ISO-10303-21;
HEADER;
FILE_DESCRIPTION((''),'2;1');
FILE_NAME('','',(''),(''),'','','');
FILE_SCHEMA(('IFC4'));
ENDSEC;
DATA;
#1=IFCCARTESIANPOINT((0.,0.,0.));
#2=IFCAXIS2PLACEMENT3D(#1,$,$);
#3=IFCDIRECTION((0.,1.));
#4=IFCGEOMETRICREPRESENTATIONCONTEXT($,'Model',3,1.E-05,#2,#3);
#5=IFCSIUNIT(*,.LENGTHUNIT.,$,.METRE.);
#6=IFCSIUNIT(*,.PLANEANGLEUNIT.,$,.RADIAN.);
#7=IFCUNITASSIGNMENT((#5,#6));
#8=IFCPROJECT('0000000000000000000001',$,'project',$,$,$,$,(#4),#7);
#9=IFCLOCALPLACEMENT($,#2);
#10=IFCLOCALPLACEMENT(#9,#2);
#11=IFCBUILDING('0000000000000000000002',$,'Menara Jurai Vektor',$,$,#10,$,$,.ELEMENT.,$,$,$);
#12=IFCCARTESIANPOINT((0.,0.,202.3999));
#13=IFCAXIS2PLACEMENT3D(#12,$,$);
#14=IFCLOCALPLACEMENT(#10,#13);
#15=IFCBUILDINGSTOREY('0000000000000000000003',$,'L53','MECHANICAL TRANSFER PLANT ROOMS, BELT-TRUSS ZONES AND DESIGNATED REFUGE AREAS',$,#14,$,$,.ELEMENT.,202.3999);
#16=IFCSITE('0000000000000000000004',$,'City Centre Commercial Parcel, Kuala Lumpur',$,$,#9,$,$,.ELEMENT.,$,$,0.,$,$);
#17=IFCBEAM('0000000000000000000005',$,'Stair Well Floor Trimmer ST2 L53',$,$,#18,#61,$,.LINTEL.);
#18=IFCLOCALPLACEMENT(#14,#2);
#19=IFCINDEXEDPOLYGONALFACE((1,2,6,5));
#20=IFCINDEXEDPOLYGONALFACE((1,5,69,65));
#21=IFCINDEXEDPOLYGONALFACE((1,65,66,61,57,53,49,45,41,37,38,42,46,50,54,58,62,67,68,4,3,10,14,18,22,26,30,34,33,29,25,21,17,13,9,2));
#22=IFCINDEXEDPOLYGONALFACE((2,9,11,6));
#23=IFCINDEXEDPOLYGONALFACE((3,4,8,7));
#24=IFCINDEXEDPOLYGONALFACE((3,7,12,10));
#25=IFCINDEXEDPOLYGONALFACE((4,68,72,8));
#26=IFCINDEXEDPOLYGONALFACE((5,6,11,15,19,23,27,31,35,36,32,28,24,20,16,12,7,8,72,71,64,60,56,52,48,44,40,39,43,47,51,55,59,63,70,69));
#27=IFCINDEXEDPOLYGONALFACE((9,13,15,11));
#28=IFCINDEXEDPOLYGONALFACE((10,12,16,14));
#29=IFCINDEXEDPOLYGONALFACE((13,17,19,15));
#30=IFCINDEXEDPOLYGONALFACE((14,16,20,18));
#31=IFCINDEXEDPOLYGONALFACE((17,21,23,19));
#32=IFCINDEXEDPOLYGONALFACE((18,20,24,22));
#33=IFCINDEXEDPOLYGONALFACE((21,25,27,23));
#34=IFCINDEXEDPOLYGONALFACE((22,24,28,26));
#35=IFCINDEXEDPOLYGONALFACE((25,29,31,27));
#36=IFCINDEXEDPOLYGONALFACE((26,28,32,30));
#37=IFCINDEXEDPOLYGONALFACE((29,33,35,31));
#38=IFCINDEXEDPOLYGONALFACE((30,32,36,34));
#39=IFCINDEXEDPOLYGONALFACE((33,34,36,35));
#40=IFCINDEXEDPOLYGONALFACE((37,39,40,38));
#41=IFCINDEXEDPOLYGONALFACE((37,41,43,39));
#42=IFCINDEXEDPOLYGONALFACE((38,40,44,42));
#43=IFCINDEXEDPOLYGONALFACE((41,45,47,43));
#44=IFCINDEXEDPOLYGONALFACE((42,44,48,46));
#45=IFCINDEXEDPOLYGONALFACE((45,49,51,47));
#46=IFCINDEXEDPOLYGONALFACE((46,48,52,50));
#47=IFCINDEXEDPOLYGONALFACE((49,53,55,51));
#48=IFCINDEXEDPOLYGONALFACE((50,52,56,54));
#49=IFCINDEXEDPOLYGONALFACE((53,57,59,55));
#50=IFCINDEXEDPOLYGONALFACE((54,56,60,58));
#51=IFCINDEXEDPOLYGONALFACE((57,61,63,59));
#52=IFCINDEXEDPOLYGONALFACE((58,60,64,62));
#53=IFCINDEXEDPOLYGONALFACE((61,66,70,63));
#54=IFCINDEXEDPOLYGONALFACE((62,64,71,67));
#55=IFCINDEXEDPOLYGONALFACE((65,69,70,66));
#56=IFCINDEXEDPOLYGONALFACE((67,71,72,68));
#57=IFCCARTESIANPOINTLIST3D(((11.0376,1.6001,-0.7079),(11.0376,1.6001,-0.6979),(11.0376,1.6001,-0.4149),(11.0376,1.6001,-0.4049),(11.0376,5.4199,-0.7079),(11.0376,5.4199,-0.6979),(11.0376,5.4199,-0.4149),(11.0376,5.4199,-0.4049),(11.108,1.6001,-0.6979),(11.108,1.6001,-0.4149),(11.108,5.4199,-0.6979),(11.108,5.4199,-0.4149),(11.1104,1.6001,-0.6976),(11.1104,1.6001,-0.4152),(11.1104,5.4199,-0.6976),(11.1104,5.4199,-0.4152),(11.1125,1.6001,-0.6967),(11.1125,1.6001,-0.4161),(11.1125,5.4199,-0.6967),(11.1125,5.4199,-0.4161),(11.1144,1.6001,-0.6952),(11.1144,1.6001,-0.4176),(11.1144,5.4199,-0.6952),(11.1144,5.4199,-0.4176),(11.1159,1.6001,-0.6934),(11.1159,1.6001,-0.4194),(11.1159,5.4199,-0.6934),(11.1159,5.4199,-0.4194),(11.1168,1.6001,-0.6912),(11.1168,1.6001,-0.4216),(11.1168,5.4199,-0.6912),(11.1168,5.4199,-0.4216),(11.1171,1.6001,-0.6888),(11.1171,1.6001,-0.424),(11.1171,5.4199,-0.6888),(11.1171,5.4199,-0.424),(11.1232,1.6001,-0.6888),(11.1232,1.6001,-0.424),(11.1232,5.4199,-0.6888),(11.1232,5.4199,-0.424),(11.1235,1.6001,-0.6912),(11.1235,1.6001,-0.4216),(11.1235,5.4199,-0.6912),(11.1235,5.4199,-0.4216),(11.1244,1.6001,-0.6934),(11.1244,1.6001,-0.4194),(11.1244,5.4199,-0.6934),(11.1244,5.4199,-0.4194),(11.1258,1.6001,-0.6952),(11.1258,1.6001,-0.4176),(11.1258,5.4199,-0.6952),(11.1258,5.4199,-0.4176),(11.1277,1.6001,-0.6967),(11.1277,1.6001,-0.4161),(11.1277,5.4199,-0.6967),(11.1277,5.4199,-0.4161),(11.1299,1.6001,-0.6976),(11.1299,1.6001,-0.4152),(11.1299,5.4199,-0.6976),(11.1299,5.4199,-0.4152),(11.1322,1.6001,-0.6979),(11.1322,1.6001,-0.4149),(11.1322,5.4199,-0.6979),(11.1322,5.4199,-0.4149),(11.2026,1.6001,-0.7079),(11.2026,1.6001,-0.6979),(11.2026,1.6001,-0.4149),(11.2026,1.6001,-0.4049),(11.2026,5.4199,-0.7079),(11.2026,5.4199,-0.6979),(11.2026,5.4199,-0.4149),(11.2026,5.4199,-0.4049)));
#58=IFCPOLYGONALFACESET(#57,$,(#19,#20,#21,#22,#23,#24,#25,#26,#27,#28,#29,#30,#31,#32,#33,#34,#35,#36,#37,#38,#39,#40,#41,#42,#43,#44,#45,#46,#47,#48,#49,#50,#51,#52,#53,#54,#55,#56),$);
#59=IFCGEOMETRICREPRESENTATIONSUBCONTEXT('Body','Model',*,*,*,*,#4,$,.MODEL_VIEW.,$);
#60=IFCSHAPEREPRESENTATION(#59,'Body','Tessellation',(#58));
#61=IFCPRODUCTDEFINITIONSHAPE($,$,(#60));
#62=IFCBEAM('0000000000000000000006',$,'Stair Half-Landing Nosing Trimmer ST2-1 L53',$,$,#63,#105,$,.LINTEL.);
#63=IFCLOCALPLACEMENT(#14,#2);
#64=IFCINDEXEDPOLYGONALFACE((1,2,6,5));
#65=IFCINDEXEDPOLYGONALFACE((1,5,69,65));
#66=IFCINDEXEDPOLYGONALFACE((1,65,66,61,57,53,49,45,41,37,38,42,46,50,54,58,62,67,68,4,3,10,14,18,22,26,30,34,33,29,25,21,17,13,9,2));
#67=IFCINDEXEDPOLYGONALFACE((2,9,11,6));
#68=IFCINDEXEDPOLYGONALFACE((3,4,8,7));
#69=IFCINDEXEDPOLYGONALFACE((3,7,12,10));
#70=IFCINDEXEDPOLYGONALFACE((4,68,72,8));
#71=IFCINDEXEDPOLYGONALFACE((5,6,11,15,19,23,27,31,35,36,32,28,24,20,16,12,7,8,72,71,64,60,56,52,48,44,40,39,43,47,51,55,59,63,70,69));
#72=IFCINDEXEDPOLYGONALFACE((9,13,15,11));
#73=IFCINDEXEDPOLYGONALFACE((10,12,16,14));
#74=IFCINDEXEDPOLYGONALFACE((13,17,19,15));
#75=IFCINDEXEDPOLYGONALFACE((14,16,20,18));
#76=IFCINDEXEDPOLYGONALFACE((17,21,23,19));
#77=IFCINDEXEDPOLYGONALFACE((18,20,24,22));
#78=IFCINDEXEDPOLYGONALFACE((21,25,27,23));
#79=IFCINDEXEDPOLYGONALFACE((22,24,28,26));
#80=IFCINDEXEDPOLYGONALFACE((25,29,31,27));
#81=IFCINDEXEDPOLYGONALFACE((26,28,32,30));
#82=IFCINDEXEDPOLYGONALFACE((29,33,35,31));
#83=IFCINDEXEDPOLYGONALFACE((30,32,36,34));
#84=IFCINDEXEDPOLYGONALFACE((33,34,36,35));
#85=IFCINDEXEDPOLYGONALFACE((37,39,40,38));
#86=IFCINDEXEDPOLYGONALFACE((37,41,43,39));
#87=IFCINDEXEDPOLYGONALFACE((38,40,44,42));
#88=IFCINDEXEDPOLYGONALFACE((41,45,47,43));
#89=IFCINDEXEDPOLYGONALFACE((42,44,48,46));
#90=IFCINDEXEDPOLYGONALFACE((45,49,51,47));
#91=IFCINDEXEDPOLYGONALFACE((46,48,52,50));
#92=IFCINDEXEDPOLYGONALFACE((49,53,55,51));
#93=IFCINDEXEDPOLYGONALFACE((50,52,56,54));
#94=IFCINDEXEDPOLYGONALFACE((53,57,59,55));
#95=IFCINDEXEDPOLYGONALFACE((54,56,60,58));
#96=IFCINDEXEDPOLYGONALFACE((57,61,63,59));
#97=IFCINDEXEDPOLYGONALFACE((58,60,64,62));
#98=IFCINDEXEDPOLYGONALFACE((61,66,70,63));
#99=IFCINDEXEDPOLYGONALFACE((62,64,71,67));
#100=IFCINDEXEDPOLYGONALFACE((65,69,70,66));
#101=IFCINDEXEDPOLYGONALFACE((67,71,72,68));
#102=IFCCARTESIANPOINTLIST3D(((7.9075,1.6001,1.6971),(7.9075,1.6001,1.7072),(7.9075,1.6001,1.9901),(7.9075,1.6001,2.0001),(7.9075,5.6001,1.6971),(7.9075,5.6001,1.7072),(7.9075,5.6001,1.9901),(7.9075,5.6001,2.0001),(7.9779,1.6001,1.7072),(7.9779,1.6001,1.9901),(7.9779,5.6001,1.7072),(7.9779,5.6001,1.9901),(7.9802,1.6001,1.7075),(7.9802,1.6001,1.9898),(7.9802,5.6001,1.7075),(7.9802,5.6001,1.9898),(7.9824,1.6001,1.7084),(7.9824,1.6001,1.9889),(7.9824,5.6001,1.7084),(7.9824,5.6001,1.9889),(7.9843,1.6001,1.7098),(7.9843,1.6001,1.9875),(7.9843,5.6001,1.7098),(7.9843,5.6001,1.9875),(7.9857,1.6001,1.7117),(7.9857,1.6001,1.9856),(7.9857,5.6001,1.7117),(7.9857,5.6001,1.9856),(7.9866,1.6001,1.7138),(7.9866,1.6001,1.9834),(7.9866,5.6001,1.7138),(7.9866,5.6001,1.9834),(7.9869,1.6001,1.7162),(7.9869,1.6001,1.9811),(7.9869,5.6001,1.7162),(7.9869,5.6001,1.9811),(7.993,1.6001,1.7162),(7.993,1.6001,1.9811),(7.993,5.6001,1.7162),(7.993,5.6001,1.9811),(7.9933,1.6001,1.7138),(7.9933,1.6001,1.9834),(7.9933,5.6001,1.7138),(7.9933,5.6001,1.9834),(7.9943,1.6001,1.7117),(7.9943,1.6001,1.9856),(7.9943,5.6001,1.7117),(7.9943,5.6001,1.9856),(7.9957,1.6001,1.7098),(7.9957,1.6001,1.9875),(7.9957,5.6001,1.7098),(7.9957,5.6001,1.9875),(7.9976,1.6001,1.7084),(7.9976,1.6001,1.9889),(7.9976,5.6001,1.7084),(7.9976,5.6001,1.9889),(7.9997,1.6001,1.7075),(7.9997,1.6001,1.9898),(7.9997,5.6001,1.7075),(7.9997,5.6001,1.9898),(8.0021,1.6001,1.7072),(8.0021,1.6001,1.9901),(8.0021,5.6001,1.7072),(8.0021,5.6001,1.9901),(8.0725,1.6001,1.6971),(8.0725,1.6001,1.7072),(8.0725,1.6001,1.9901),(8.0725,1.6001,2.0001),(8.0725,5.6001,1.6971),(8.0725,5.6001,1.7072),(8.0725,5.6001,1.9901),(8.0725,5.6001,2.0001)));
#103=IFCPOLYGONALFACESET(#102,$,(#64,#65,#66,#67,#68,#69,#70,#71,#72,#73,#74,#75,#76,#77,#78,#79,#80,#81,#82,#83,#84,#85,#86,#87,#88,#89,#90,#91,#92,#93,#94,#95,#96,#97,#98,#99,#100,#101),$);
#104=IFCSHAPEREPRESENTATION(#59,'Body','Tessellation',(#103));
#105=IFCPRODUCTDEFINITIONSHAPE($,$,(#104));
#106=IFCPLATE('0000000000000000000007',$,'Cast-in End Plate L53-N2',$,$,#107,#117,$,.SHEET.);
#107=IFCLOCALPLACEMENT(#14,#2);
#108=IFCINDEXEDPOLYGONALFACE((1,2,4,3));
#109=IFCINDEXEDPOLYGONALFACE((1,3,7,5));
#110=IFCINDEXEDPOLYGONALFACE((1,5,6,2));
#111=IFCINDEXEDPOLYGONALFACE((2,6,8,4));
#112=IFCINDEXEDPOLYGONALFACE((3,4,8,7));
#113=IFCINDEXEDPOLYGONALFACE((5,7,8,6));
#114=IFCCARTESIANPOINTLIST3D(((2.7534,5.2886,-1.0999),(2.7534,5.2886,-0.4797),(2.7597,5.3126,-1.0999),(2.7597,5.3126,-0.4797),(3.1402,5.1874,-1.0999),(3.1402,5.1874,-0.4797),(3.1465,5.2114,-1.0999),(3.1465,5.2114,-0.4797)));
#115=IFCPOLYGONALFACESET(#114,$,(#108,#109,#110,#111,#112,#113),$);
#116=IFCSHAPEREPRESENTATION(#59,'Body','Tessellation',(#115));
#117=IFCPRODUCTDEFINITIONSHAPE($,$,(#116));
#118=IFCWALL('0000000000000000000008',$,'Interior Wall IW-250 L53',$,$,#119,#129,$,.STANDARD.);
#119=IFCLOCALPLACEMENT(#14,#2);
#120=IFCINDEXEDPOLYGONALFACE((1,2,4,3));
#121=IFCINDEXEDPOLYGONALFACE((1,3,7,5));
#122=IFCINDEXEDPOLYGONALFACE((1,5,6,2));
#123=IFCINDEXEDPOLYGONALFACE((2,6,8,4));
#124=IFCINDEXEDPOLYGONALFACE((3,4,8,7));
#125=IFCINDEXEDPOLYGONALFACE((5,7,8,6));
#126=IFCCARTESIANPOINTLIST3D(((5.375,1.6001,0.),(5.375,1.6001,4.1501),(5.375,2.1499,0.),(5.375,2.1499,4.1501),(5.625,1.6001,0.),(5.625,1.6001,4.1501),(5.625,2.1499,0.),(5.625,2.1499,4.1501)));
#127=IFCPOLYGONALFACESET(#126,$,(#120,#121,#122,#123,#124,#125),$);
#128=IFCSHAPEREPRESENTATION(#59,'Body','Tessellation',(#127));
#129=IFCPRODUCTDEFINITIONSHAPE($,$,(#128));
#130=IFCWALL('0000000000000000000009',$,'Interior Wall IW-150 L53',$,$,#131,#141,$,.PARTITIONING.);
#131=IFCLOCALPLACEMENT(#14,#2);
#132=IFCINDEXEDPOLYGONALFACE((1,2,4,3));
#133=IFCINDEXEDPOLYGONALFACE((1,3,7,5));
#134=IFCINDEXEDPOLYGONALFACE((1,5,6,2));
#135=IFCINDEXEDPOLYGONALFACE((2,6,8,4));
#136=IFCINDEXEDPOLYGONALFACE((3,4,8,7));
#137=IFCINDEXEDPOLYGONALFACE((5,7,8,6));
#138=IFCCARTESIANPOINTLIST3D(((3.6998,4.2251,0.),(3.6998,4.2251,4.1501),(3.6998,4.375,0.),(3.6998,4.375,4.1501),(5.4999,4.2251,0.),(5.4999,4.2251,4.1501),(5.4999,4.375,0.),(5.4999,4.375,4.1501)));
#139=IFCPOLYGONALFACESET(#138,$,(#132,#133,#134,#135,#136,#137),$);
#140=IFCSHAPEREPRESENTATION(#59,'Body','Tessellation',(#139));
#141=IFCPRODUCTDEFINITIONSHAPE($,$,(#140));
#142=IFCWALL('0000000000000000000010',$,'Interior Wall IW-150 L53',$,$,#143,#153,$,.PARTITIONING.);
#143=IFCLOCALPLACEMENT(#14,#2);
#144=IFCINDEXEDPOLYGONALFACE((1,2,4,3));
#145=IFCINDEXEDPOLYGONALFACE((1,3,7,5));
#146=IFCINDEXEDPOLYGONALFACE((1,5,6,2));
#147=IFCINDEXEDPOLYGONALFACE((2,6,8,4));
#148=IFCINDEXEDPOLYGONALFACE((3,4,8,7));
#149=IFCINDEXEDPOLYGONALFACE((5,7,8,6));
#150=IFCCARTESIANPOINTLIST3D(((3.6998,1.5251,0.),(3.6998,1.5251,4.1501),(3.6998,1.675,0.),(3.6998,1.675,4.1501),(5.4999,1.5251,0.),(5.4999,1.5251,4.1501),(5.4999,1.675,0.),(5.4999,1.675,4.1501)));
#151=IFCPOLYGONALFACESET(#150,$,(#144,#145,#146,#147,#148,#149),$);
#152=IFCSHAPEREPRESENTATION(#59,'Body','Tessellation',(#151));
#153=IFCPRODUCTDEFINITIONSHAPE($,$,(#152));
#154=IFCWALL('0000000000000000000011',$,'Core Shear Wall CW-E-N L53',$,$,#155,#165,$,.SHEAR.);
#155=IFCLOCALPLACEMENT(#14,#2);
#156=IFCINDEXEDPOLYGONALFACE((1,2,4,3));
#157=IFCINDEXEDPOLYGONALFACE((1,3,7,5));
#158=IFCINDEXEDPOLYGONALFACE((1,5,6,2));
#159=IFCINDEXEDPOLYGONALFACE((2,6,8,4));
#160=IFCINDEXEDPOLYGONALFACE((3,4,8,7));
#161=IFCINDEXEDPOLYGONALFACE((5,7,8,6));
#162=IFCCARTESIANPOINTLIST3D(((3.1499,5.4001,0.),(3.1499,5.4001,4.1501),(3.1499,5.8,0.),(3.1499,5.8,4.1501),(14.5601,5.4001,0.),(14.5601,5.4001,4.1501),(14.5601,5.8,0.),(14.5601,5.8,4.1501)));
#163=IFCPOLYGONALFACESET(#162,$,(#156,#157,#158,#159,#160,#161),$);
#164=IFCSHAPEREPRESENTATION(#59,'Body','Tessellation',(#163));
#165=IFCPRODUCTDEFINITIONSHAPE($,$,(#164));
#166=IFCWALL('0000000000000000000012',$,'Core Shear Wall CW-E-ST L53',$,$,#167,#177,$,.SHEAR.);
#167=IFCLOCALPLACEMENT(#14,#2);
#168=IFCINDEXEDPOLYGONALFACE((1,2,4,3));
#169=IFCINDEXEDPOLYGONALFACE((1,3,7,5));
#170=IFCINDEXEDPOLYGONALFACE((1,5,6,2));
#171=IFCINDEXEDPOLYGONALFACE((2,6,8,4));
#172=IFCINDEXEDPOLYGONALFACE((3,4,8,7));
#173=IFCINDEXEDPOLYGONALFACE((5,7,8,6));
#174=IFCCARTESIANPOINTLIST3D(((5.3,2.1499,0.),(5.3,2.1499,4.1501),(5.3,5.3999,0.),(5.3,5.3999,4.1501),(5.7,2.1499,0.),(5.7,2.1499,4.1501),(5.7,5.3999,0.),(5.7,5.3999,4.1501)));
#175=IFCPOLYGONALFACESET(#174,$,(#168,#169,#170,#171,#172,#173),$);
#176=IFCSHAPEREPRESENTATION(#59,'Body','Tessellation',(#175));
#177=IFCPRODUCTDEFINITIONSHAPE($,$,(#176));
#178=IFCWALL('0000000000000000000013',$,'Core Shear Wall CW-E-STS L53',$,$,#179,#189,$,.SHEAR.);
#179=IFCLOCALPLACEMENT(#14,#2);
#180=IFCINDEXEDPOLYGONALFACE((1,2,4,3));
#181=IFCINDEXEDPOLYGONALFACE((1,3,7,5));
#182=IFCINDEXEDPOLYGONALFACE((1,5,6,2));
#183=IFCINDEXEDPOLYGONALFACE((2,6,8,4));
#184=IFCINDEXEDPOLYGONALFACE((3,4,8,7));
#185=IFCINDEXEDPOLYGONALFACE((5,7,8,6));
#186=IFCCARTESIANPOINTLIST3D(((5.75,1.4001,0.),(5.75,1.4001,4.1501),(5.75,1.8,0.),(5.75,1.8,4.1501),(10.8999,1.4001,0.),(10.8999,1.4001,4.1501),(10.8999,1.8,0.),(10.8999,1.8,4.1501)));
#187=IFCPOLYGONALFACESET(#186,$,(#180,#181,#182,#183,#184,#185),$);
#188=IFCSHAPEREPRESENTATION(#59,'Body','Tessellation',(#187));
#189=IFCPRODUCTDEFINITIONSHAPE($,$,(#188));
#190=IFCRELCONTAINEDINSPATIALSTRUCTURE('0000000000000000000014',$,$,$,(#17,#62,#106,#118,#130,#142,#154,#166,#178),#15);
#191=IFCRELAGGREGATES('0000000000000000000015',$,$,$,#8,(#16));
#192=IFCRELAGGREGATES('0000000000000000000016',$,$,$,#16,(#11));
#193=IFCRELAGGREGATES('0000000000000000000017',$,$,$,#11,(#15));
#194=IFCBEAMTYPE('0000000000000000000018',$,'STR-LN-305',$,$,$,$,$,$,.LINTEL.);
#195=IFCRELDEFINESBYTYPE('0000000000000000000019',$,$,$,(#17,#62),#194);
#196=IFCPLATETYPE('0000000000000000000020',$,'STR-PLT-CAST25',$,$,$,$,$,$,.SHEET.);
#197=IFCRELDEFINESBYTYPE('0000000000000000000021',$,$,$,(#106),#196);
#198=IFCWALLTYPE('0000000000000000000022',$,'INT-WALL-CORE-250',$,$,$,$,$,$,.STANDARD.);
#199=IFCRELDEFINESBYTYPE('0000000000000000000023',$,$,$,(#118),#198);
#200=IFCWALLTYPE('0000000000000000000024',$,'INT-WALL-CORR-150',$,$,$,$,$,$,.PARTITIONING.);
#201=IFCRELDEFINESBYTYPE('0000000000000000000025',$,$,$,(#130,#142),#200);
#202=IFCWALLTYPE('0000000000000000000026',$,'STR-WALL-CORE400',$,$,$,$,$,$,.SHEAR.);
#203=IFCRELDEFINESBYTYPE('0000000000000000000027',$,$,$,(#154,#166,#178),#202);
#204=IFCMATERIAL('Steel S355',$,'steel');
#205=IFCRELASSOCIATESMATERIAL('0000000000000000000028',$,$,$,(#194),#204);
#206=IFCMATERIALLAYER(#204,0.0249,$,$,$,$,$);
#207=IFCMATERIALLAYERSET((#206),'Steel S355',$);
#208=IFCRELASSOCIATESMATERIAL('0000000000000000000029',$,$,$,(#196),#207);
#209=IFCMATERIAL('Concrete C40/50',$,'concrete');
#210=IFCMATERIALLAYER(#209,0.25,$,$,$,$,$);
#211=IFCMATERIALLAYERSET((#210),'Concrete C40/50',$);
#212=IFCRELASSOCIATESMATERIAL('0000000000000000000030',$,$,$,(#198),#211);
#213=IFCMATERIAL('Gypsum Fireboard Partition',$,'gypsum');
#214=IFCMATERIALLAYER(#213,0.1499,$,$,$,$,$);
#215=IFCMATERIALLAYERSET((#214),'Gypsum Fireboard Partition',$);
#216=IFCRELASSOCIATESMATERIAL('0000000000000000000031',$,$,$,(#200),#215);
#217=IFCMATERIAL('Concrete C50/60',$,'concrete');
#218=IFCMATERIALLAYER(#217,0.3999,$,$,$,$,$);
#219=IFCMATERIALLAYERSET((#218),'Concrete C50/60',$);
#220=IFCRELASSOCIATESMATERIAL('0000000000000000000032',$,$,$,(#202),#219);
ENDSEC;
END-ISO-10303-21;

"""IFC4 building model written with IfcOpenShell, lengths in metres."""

from ifc_helpers import new_model, si_unit, direction, frame, frame_2d, origin, origin_2d, place, context, subcontext, project, spatial, rectangle, i_section, extrude, material, layer, layer_set, material_profile, profile_set, type_object, element, save


model = new_model("IFC4")

# Units and contexts
model_context = context("Model", 3, precision=1e-05, world=origin(), true_north=direction((0.0, 1.0)))
body_context = subcontext(model_context, "Body", "Model", "MODEL_VIEW")
ifc_project = project(units=[si_unit("LENGTHUNIT", "METRE"), si_unit("PLANEANGLEUNIT", "RADIAN")], contexts=[model_context])

# Site, building, storey
site_placement = place(None, origin())
site = spatial("IfcSite", under=ifc_project, at=site_placement, Name="City Centre Commercial Parcel, Kuala Lumpur", CompositionType="ELEMENT", RefElevation=0.0)
building_placement = place(site_placement, origin())
building = spatial("IfcBuilding", under=site, at=building_placement, Name="Menara Jurai Vektor", CompositionType="ELEMENT")
storey_placement = place(building_placement, frame((0.0, 0.0, 202.3999)))
storey = spatial("IfcBuildingStorey", under=building, at=storey_placement, Name="L53", Description="MECHANICAL TRANSFER PLANT ROOMS, BELT-TRUSS ZONES AND DESIGNATED REFUGE AREAS", CompositionType="ELEMENT", Elevation=202.3999)

# Shared definitions
ifc_material_1 = material(Name="Concrete C50/60", Category="concrete")
ifc_material_2 = material(Name="Steel S355", Category="steel")

# Beams
ifc_material_profile_1 = material_profile(ifc_material_2, i_section(OverallWidth=0.165, OverallDepth=0.303, WebThickness=0.0061, FlangeThickness=0.01, FilletRadius=0.009, at=origin_2d()), Name="UKB 305x165x40")
ifc_profile_set_1 = profile_set([ifc_material_profile_1], Name="Steel S355")
beam_type_1 = type_object("IfcBeamType", Name="STR-LN-305", PredefinedType="LINTEL", material=ifc_profile_set_1)
beam_1_placement = place(storey_placement, frame((11.1201, 1.6001, -0.5564), z_axis=(0.0, 1.0, 0.0), x_axis=(-1.0, 0.0, 0.0)))
element("IfcBeam", 1, at=beam_1_placement, inside=storey, type_object=beam_type_1, Name="Stair Well Floor Trimmer ST2 L53", PredefinedType="LINTEL", context=body_context, shape_type="SweptSolid", body=[
    extrude(i_section(OverallWidth=0.165, OverallDepth=0.303, WebThickness=0.0061, FlangeThickness=0.01, FilletRadius=0.009, at=origin_2d()), origin(), (0.0, 0.0, 1.0), 3.8198),
])
beam_2_placement = place(storey_placement, frame((7.99, 1.6001, 1.8486), z_axis=(0.0, 1.0, 0.0), x_axis=(-1.0, 0.0, 0.0)))
element("IfcBeam", 2, at=beam_2_placement, inside=storey, type_object=beam_type_1, Name="Stair Half-Landing Nosing Trimmer ST2-1 L53", PredefinedType="LINTEL", context=body_context, shape_type="SweptSolid", body=[
    extrude(i_section(OverallWidth=0.165, OverallDepth=0.303, WebThickness=0.0061, FlangeThickness=0.01, FilletRadius=0.009, at=origin_2d()), origin(), (0.0, 0.0, 1.0), 4.0),
])

# Plate
ifc_layer_1 = layer(ifc_material_2, 0.0249)
ifc_layer_set_1 = layer_set([ifc_layer_1], Name="Steel S355")
plate_type = type_object("IfcPlateType", Name="STR-PLT-CAST25", PredefinedType="SHEET", material=ifc_layer_set_1)
plate_placement = place(storey_placement, frame((2.95, 5.25, -1.0999), z_axis=(0.0, 0.0, 1.0), x_axis=(0.967445, -0.253083, 0.0)))
element("IfcPlate", 3, at=plate_placement, inside=storey, type_object=plate_type, Name="Cast-in End Plate L53-N2", PredefinedType="SHEET", context=body_context, shape_type="SweptSolid", body=[
    extrude(rectangle(XDim=0.3999, YDim=0.0249, at=origin_2d()), origin(), (0.0, 0.0, 1.0), 0.6201),
])

# Shared definitions
ifc_material_3 = material(Name="Concrete C40/50", Category="concrete")
ifc_layer_2 = layer(ifc_material_3, 0.25)
ifc_layer_set_2 = layer_set([ifc_layer_2], Name="Concrete C40/50")
wall_type_1 = type_object("IfcWallType", Name="INT-WALL-CORE-250", PredefinedType="STANDARD", material=ifc_layer_set_2)

# Walls
wall_1_placement = place(storey_placement, frame((5.5, 1.6001, 0.0), z_axis=(0.0, 0.0, 1.0), x_axis=(0.0, 1.0, 0.0)))
element("IfcWall", 4, at=wall_1_placement, inside=storey, type_object=wall_type_1, Name="Interior Wall IW-250 L53", PredefinedType="STANDARD", context=body_context, shape_type="SweptSolid", body=[
    extrude(rectangle(XDim=0.5498, YDim=0.25, at=frame_2d((0.2749, 0.0))), origin(), (0.0, 0.0, 1.0), 4.1501),
])
ifc_material_4 = material(Name="Gypsum Fireboard Partition", Category="gypsum")
ifc_layer_3 = layer(ifc_material_4, 0.1499)
ifc_layer_set_3 = layer_set([ifc_layer_3], Name="Gypsum Fireboard Partition")
wall_type_2 = type_object("IfcWallType", Name="INT-WALL-CORR-150", PredefinedType="PARTITIONING", material=ifc_layer_set_3)
for number, where, z_axis, x_axis, name in (
    (5, (3.7, 4.3, 0.0), (0.0, 0.0, 1.0), (1.0, 0.0, 0.0), "Interior Wall IW-150 L53"),
    (6, (3.7, 1.6001, 0.0), (0.0, 0.0, 1.0), (1.0, 0.0, 0.0), "Interior Wall IW-150 L53"),
):
    element("IfcWall", number, at=place(storey_placement, frame(where, z_axis=z_axis, x_axis=x_axis)), inside=storey, type_object=wall_type_2, Name=name, PredefinedType="PARTITIONING", context=body_context, shape_type="SweptSolid", body=[
        extrude(rectangle(XDim=1.8, YDim=0.1499, at=frame_2d((0.8999, 0.0))), origin(), (0.0, 0.0, 1.0), 4.1501),
    ])
ifc_layer_4 = layer(ifc_material_1, 0.3999)
ifc_layer_set_4 = layer_set([ifc_layer_4], Name="Concrete C50/60")
wall_type_3 = type_object("IfcWallType", Name="STR-WALL-CORE400", PredefinedType="SHEAR", material=ifc_layer_set_4)
wall_2_placement = place(storey_placement, frame((3.1499, 5.6001, 0.0), z_axis=(0.0, 0.0, 1.0), x_axis=(1.0, 0.0, 0.0)))
element("IfcWall", 7, at=wall_2_placement, inside=storey, type_object=wall_type_3, Name="Core Shear Wall CW-E-N L53", PredefinedType="SHEAR", context=body_context, shape_type="SweptSolid", body=[
    extrude(rectangle(XDim=11.4102, YDim=0.3999, at=frame_2d((5.7051, 0.0))), origin(), (0.0, 0.0, 1.0), 4.1501),
])
wall_3_placement = place(storey_placement, frame((5.5, 2.1499, 0.0), z_axis=(0.0, 0.0, 1.0), x_axis=(0.0, 1.0, 0.0)))
element("IfcWall", 8, at=wall_3_placement, inside=storey, type_object=wall_type_3, Name="Core Shear Wall CW-E-ST L53", PredefinedType="SHEAR", context=body_context, shape_type="SweptSolid", body=[
    extrude(rectangle(XDim=3.25, YDim=0.3999, at=frame_2d((1.625, 0.0))), origin(), (0.0, 0.0, 1.0), 4.1501),
])
wall_4_placement = place(storey_placement, frame((5.75, 1.6001, 0.0), z_axis=(0.0, 0.0, 1.0), x_axis=(1.0, 0.0, 0.0)))
element("IfcWall", 9, at=wall_4_placement, inside=storey, type_object=wall_type_3, Name="Core Shear Wall CW-E-STS L53", PredefinedType="SHEAR", context=body_context, shape_type="SweptSolid", body=[
    extrude(rectangle(XDim=5.1499, YDim=0.3999, at=frame_2d((2.575, 0.0))), origin(), (0.0, 0.0, 1.0), 4.1501),
])

save(model, "model.ifc")
